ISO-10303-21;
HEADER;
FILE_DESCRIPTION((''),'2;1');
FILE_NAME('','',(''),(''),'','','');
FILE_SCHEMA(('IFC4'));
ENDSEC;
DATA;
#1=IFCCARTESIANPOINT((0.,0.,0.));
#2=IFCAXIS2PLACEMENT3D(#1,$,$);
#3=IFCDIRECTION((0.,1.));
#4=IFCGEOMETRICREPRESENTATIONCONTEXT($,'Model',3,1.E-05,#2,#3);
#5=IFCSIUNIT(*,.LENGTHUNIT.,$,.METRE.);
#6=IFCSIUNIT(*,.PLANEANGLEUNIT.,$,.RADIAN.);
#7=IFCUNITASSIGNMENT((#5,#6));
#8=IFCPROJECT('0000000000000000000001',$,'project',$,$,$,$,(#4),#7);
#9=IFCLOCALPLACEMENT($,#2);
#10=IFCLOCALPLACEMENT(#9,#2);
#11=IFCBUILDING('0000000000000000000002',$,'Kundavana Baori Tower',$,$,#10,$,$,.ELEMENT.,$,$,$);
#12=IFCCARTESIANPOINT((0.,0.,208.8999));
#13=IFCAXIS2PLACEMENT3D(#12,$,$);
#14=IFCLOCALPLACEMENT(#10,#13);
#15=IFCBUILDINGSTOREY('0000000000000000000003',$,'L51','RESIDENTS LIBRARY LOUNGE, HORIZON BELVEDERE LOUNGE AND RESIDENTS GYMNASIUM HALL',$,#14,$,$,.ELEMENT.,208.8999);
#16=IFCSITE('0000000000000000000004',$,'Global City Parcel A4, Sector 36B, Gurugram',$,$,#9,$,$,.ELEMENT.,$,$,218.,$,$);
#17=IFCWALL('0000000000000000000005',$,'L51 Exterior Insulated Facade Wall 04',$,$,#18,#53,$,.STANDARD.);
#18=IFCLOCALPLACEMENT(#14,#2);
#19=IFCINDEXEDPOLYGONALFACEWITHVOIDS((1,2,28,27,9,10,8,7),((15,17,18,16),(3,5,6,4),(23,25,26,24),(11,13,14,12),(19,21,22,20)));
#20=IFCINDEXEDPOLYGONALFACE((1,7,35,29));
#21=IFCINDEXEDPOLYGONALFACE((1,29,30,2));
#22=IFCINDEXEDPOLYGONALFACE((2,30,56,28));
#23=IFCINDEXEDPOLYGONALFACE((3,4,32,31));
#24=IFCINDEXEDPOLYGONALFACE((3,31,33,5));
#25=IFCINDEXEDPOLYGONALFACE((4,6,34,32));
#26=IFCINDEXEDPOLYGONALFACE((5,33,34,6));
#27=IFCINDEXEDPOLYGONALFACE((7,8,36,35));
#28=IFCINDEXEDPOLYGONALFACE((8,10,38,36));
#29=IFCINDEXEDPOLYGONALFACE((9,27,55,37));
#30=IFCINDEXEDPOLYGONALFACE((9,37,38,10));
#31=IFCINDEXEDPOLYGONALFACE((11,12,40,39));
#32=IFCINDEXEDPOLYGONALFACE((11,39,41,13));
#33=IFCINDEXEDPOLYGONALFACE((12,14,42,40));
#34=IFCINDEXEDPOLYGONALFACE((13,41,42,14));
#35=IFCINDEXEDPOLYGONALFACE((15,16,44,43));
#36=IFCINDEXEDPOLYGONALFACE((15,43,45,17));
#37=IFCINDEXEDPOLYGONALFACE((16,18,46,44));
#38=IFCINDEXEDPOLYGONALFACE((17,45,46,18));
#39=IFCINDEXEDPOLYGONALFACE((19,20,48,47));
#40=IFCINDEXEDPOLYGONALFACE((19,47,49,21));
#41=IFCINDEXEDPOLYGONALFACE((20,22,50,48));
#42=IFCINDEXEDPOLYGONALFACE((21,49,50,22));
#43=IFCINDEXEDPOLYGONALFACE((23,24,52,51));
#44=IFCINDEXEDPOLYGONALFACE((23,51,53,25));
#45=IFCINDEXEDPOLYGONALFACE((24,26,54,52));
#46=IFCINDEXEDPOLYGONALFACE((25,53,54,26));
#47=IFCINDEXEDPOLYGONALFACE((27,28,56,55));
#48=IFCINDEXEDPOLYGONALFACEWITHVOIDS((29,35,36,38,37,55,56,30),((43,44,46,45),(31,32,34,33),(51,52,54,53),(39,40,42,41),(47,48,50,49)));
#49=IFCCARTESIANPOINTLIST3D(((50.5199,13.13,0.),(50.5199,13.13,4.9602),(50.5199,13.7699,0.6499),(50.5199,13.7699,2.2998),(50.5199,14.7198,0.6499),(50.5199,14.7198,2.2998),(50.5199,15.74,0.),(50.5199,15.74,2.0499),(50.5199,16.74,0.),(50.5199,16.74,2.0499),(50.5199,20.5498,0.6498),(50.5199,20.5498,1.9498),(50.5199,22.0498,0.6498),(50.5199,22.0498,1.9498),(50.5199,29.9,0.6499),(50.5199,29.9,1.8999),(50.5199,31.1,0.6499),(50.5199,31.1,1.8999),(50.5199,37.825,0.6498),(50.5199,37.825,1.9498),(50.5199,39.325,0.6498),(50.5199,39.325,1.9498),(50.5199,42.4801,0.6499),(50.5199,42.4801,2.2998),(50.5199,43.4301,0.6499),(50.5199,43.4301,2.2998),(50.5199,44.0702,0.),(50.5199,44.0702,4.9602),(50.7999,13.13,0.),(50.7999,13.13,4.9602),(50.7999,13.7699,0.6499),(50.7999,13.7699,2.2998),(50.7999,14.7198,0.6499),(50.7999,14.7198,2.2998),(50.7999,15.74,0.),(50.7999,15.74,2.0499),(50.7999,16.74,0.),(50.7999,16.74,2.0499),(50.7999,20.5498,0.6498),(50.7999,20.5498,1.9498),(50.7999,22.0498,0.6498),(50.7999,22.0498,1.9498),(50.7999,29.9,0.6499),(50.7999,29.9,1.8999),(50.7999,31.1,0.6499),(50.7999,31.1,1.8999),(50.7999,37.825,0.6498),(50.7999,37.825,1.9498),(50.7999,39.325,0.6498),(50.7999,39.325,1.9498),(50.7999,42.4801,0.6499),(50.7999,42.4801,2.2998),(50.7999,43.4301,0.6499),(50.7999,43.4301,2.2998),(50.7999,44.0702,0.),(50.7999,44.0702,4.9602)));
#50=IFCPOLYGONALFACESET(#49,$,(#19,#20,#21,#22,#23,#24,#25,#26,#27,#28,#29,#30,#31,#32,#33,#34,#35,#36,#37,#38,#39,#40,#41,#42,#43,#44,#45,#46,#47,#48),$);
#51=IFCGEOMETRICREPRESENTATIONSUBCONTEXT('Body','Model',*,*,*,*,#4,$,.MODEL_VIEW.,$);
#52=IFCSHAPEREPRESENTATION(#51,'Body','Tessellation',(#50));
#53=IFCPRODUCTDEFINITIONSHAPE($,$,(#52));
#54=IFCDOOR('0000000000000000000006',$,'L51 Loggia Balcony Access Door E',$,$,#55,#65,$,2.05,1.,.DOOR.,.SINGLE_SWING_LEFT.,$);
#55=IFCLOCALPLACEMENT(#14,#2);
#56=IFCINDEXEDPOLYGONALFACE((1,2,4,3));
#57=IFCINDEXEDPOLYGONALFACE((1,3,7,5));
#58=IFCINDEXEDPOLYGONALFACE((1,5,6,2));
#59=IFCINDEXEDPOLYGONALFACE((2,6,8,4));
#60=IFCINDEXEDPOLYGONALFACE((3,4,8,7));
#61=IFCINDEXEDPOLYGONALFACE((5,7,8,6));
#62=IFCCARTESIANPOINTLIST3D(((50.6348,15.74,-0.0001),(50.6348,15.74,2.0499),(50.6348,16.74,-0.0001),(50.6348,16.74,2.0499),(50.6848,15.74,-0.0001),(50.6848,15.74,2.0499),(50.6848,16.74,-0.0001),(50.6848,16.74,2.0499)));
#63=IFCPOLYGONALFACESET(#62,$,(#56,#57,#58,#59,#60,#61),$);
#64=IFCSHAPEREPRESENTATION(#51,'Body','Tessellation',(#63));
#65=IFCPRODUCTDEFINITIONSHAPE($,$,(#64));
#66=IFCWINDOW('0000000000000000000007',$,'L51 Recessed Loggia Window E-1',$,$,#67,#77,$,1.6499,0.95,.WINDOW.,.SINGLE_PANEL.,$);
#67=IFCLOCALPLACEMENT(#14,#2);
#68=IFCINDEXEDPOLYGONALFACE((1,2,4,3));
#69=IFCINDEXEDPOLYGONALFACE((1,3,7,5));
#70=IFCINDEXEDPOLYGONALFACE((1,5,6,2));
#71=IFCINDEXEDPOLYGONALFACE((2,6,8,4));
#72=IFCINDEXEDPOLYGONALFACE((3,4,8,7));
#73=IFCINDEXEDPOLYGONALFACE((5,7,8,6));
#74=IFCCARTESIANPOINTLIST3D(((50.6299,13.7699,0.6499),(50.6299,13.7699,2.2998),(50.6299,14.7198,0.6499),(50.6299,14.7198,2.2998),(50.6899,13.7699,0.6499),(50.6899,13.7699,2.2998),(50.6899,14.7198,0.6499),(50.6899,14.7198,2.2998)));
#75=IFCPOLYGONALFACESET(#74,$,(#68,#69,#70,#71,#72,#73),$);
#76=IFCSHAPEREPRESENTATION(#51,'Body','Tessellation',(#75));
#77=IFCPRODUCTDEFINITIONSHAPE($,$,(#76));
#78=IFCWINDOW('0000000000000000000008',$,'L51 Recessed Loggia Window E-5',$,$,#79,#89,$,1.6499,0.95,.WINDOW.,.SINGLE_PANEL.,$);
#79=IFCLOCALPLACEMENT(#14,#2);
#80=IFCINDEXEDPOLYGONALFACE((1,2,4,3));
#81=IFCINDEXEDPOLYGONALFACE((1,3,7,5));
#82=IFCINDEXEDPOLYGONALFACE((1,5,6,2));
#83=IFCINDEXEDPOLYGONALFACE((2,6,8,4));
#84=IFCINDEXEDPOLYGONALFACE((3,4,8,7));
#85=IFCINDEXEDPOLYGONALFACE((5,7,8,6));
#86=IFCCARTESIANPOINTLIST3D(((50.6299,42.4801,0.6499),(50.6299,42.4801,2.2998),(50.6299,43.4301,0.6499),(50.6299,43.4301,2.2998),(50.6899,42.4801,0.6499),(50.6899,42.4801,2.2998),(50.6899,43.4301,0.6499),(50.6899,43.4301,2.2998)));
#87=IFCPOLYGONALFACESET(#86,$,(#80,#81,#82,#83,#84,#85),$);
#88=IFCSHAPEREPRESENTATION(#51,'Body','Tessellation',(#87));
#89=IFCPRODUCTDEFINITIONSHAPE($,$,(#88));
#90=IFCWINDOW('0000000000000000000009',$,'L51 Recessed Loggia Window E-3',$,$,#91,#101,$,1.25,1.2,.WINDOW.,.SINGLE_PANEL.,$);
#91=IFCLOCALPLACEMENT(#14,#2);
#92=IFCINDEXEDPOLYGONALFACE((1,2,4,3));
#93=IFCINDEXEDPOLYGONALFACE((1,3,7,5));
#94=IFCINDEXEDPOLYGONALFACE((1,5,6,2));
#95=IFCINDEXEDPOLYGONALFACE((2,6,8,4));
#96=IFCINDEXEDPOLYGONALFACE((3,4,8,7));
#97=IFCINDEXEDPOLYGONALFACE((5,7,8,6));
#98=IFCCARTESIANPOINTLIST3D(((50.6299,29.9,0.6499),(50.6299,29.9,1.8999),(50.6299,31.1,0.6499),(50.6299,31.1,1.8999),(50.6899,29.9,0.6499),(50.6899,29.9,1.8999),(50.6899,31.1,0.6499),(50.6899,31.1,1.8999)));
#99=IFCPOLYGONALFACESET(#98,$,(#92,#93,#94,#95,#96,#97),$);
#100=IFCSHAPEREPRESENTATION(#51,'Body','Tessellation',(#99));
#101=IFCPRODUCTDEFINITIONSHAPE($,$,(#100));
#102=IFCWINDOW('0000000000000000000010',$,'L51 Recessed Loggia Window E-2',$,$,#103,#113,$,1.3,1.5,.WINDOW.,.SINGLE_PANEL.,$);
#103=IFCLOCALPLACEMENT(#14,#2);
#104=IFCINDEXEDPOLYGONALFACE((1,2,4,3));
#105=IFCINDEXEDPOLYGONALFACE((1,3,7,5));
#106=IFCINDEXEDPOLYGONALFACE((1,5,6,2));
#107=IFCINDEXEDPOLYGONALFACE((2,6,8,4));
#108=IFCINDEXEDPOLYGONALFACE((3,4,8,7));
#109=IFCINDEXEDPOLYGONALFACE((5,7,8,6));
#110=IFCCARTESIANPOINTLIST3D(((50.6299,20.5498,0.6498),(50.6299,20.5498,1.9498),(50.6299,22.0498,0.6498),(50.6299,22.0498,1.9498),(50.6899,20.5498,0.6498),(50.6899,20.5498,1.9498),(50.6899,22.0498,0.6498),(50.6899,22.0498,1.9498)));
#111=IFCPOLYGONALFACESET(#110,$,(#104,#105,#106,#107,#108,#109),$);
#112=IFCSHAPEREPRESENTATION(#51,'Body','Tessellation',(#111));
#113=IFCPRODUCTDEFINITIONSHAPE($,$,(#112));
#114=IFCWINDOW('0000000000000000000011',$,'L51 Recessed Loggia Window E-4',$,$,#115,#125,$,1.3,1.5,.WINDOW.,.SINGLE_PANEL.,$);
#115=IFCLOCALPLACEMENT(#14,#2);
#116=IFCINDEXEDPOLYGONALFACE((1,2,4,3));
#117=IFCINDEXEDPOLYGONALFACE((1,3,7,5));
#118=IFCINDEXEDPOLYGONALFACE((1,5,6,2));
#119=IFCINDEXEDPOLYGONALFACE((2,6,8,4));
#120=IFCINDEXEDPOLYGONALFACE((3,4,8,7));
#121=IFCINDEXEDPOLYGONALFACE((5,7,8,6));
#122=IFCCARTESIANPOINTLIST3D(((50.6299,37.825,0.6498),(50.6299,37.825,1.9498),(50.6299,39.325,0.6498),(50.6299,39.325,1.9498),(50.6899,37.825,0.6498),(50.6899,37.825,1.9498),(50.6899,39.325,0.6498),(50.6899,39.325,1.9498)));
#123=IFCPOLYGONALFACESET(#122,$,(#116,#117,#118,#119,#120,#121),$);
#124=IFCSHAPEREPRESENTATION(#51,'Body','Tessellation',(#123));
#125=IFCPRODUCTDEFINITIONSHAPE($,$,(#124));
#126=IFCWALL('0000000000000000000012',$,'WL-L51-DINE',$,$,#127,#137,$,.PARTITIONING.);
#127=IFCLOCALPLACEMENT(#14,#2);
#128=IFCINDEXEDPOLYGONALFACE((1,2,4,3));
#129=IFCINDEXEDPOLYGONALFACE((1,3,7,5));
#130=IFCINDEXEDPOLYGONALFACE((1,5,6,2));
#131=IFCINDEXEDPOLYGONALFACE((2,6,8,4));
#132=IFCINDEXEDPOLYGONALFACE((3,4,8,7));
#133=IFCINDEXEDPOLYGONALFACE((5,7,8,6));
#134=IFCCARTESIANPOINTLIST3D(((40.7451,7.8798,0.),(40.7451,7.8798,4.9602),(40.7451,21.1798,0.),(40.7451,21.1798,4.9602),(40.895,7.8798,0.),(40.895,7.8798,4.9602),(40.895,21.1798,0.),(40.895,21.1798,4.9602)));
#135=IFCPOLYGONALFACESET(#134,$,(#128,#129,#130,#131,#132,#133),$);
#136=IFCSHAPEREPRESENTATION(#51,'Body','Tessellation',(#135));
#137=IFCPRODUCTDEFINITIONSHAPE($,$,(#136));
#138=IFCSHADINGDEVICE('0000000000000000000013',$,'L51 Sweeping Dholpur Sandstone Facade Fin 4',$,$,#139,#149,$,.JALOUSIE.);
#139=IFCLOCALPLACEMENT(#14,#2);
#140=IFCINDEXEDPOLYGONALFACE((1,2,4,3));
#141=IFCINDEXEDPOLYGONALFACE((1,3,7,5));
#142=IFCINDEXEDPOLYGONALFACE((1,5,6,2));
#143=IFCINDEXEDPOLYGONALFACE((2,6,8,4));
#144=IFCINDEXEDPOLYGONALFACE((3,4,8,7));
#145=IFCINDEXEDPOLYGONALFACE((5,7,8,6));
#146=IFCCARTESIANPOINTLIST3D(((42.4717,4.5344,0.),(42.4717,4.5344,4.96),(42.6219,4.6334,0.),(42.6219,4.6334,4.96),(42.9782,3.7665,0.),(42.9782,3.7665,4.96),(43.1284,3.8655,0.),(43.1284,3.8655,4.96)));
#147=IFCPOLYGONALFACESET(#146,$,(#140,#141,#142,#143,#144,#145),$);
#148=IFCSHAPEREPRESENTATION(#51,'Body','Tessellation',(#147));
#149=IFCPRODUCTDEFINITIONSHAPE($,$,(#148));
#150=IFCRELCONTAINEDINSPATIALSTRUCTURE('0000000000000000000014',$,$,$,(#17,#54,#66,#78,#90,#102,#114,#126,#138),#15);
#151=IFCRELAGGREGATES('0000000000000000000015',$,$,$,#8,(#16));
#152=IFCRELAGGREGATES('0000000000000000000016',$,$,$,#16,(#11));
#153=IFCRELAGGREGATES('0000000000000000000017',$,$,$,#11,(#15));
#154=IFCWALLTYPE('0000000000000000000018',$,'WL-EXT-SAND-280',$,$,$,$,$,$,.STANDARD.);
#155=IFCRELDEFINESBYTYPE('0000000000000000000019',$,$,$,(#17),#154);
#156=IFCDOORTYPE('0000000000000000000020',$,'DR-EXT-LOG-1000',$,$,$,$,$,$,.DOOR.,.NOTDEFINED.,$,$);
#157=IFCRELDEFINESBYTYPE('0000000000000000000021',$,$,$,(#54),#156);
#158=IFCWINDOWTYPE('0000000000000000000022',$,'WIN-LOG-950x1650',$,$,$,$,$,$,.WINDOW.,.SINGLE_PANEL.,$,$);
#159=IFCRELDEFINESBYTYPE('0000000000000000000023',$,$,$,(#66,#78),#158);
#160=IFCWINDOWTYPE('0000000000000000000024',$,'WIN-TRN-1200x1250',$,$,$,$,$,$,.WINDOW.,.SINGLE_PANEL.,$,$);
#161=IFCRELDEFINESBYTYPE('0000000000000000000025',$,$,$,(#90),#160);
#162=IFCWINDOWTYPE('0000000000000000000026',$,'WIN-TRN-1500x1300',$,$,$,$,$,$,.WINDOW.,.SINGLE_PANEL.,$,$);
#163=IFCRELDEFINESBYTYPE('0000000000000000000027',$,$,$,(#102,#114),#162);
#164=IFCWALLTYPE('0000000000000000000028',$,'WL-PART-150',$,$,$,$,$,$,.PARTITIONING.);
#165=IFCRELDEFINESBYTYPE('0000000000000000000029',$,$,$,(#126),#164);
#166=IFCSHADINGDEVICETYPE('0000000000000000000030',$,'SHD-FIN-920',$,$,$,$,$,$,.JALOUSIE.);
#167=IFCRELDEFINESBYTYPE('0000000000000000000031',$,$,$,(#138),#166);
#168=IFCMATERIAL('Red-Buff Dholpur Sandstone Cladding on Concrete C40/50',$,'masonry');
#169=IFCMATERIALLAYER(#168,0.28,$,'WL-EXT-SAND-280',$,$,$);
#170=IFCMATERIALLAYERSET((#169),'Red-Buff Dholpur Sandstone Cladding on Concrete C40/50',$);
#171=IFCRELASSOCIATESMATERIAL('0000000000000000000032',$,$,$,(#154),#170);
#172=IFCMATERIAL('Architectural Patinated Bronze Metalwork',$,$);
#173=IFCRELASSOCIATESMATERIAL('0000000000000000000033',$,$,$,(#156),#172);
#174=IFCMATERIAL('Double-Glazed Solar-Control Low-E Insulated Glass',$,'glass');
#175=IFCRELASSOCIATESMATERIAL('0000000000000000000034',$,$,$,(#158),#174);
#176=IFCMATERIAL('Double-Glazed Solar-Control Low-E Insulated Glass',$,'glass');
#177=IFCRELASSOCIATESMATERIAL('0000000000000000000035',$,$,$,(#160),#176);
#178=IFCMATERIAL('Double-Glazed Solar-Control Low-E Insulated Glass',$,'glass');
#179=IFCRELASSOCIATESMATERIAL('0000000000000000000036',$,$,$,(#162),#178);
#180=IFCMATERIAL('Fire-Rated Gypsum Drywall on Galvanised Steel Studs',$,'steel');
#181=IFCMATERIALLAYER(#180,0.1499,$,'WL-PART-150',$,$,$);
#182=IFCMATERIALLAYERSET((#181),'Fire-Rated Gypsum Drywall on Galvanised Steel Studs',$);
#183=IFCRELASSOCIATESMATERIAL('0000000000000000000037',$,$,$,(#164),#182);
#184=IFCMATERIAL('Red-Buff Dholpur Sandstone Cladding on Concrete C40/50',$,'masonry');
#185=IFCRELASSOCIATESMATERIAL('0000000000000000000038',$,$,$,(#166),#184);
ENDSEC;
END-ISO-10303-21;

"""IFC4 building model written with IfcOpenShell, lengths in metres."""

from ifc_helpers import new_model, si_unit, direction, frame, frame_2d, origin, origin_2d, place, context, subcontext, project, spatial, rectangle, extrude, material, layer, layer_set, type_object, element, fill, save


model = new_model("IFC4")

# Units and contexts
model_context = context("Model", 3, precision=1e-05, world=origin(), true_north=direction((0.0, 1.0)))
body_context = subcontext(model_context, "Body", "Model", "MODEL_VIEW")
ifc_project = project(units=[si_unit("LENGTHUNIT", "METRE"), si_unit("PLANEANGLEUNIT", "RADIAN")], contexts=[model_context])

# Site, building, storey
site_placement = place(None, origin())
site = spatial("IfcSite", under=ifc_project, at=site_placement, Name="Global City Parcel A4, Sector 36B, Gurugram", CompositionType="ELEMENT", RefElevation=218.0)
building_placement = place(site_placement, origin())
building = spatial("IfcBuilding", under=site, at=building_placement, Name="Kundavana Baori Tower", CompositionType="ELEMENT")
storey_placement = place(building_placement, frame((0.0, 0.0, 208.8999)))
storey = spatial("IfcBuildingStorey", under=building, at=storey_placement, Name="L51", Description="RESIDENTS LIBRARY LOUNGE, HORIZON BELVEDERE LOUNGE AND RESIDENTS GYMNASIUM HALL", CompositionType="ELEMENT", Elevation=208.8999)

# Shared definitions
ifc_material_1 = material(Name="Red-Buff Dholpur Sandstone Cladding on Concrete C40/50", Category="masonry")
ifc_layer_1 = layer(ifc_material_1, 0.28, Name="WL-EXT-SAND-280")
ifc_layer_set_1 = layer_set([ifc_layer_1], Name="Red-Buff Dholpur Sandstone Cladding on Concrete C40/50")
wall_type_1 = type_object("IfcWallType", Name="WL-EXT-SAND-280", PredefinedType="STANDARD", material=ifc_layer_set_1)

# Wall, openings, door, windows
wall_1_placement = place(storey_placement, frame((50.6599, 13.1299, 0.0), z_axis=(0.0, 0.0, 1.0), x_axis=(0.0, 1.0, 0.0)))
wall_1 = element("IfcWall", 1, at=wall_1_placement, inside=storey, type_object=wall_type_1, Name="L51 Exterior Insulated Facade Wall 04", PredefinedType="STANDARD", context=body_context, shape_type="SweptSolid", body=[
    extrude(rectangle(XDim=30.9402, YDim=0.28, at=frame_2d((15.4702, 0.0))), origin(), (0.0, 0.0, 1.0), 4.9602),
])
opening_1_placement = place(wall_1_placement, frame((0.6399, 0.0, 0.6499)))
opening_1 = element("IfcOpeningElement", 2, at=opening_1_placement, cuts=wall_1, PredefinedType="OPENING", context=body_context, shape_type="SweptSolid", body=[
    extrude(rectangle(XDim=0.95, YDim=1.6499, at=frame_2d((0.4751, 0.825))), frame((0.0, 0.1499, 0.0), z_axis=(0.0, -1.0, 0.0), x_axis=(1.0, 0.0, 0.0)), (0.0, 0.0, 1.0), 0.3),
])
opening_2_placement = place(wall_1_placement, frame((2.6101, 0.0, 0.0)))
opening_2 = element("IfcOpeningElement", 3, at=opening_2_placement, cuts=wall_1, PredefinedType="OPENING", context=body_context, shape_type="SweptSolid", body=[
    extrude(rectangle(XDim=1.0, YDim=2.05, at=frame_2d((0.5, 1.0249))), frame((0.0, 0.1499, 0.0), z_axis=(0.0, -1.0, 0.0), x_axis=(1.0, 0.0, 0.0)), (0.0, 0.0, 1.0), 0.3),
])
opening_3_placement = place(wall_1_placement, frame((7.4199, 0.0, 0.6499)))
opening_3 = element("IfcOpeningElement", 4, at=opening_3_placement, cuts=wall_1, PredefinedType="OPENING", context=body_context, shape_type="SweptSolid", body=[
    extrude(rectangle(XDim=1.5, YDim=1.3, at=frame_2d((0.75, 0.6499))), frame((0.0, 0.1499, 0.0), z_axis=(0.0, -1.0, 0.0), x_axis=(1.0, 0.0, 0.0)), (0.0, 0.0, 1.0), 0.3),
])
opening_4_placement = place(wall_1_placement, frame((16.77, 0.0, 0.6499)))
opening_4 = element("IfcOpeningElement", 5, at=opening_4_placement, cuts=wall_1, PredefinedType="OPENING", context=body_context, shape_type="SweptSolid", body=[
    extrude(rectangle(XDim=1.2, YDim=1.25, at=frame_2d((0.6001, 0.625))), frame((0.0, 0.1499, 0.0), z_axis=(0.0, -1.0, 0.0), x_axis=(1.0, 0.0, 0.0)), (0.0, 0.0, 1.0), 0.3),
])
opening_5_placement = place(wall_1_placement, frame((24.6951, 0.0, 0.6499)))
opening_5 = element("IfcOpeningElement", 6, at=opening_5_placement, cuts=wall_1, PredefinedType="OPENING", context=body_context, shape_type="SweptSolid", body=[
    extrude(rectangle(XDim=1.5, YDim=1.3, at=frame_2d((0.75, 0.6499))), frame((0.0, 0.1499, 0.0), z_axis=(0.0, -1.0, 0.0), x_axis=(1.0, 0.0, 0.0)), (0.0, 0.0, 1.0), 0.3),
])
opening_6_placement = place(wall_1_placement, frame((29.3501, 0.0, 0.6499)))
opening_6 = element("IfcOpeningElement", 7, at=opening_6_placement, cuts=wall_1, PredefinedType="OPENING", context=body_context, shape_type="SweptSolid", body=[
    extrude(rectangle(XDim=0.95, YDim=1.6499, at=frame_2d((0.4751, 0.825))), frame((0.0, 0.1499, 0.0), z_axis=(0.0, -1.0, 0.0), x_axis=(1.0, 0.0, 0.0)), (0.0, 0.0, 1.0), 0.3),
])
ifc_material_2 = material(Name="Architectural Patinated Bronze Metalwork")
door_type = type_object("IfcDoorType", Name="DR-EXT-LOG-1000", OperationType="NOTDEFINED", PredefinedType="DOOR", material=ifc_material_2)
door_placement = place(opening_2_placement, frame((1.0, 0.0, 0.0), z_axis=(0.0, 0.0, 1.0), x_axis=(-1.0, 0.0, 0.0)))
door = element("IfcDoor", 8, at=door_placement, inside=storey, type_object=door_type, Name="L51 Loggia Balcony Access Door E", OperationType="SINGLE_SWING_LEFT", OverallHeight=2.05, OverallWidth=1.0, PredefinedType="DOOR", context=body_context, shape_type="SweptSolid", body=[
    extrude(rectangle(XDim=1.0, YDim=2.05, at=frame_2d((0.5, 1.0249))), frame((0.0, 0.0249, 0.0), z_axis=(0.0, -1.0, 0.0), x_axis=(1.0, 0.0, 0.0)), (0.0, 0.0, 1.0), 0.05),
])
fill(opening_2, door)
ifc_material_3 = material(Name="Double-Glazed Solar-Control Low-E Insulated Glass", Category="glass")
window_type_1 = type_object("IfcWindowType", Name="WIN-LOG-950x1650", PartitioningType="SINGLE_PANEL", PredefinedType="WINDOW", material=ifc_material_3)
window_1_placement = place(opening_1_placement, origin())
window_1 = element("IfcWindow", 9, at=window_1_placement, inside=storey, type_object=window_type_1, Name="L51 Recessed Loggia Window E-1", OverallHeight=1.6499, OverallWidth=0.95, PartitioningType="SINGLE_PANEL", PredefinedType="WINDOW", context=body_context, shape_type="SweptSolid", body=[
    extrude(rectangle(XDim=0.95, YDim=1.6499, at=frame_2d((0.4751, 0.825))), frame((0.0, 0.03, 0.0), z_axis=(0.0, -1.0, 0.0), x_axis=(1.0, 0.0, 0.0)), (0.0, 0.0, 1.0), 0.0601),
])
fill(opening_1, window_1)
window_2_placement = place(opening_6_placement, origin())
window_2 = element("IfcWindow", 10, at=window_2_placement, inside=storey, type_object=window_type_1, Name="L51 Recessed Loggia Window E-5", OverallHeight=1.6499, OverallWidth=0.95, PartitioningType="SINGLE_PANEL", PredefinedType="WINDOW", context=body_context, shape_type="SweptSolid", body=[
    extrude(rectangle(XDim=0.95, YDim=1.6499, at=frame_2d((0.4751, 0.825))), frame((0.0, 0.03, 0.0), z_axis=(0.0, -1.0, 0.0), x_axis=(1.0, 0.0, 0.0)), (0.0, 0.0, 1.0), 0.0601),
])
fill(opening_6, window_2)
ifc_material_4 = material(Name="Double-Glazed Solar-Control Low-E Insulated Glass", Category="glass")
window_type_2 = type_object("IfcWindowType", Name="WIN-TRN-1200x1250", PartitioningType="SINGLE_PANEL", PredefinedType="WINDOW", material=ifc_material_4)
window_3_placement = place(opening_4_placement, origin())
window_3 = element("IfcWindow", 11, at=window_3_placement, inside=storey, type_object=window_type_2, Name="L51 Recessed Loggia Window E-3", OverallHeight=1.25, OverallWidth=1.2, PartitioningType="SINGLE_PANEL", PredefinedType="WINDOW", context=body_context, shape_type="SweptSolid", body=[
    extrude(rectangle(XDim=1.2, YDim=1.25, at=frame_2d((0.6001, 0.625))), frame((0.0, 0.03, 0.0), z_axis=(0.0, -1.0, 0.0), x_axis=(1.0, 0.0, 0.0)), (0.0, 0.0, 1.0), 0.0601),
])
fill(opening_4, window_3)
ifc_material_5 = material(Name="Double-Glazed Solar-Control Low-E Insulated Glass", Category="glass")
window_type_3 = type_object("IfcWindowType", Name="WIN-TRN-1500x1300", PartitioningType="SINGLE_PANEL", PredefinedType="WINDOW", material=ifc_material_5)
window_4_placement = place(opening_3_placement, origin())
window_4 = element("IfcWindow", 12, at=window_4_placement, inside=storey, type_object=window_type_3, Name="L51 Recessed Loggia Window E-2", OverallHeight=1.3, OverallWidth=1.5, PartitioningType="SINGLE_PANEL", PredefinedType="WINDOW", context=body_context, shape_type="SweptSolid", body=[
    extrude(rectangle(XDim=1.5, YDim=1.3, at=frame_2d((0.75, 0.6499))), frame((0.0, 0.03, 0.0), z_axis=(0.0, -1.0, 0.0), x_axis=(1.0, 0.0, 0.0)), (0.0, 0.0, 1.0), 0.0601),
])
fill(opening_3, window_4)
window_5_placement = place(opening_5_placement, origin())
window_5 = element("IfcWindow", 13, at=window_5_placement, inside=storey, type_object=window_type_3, Name="L51 Recessed Loggia Window E-4", OverallHeight=1.3, OverallWidth=1.5, PartitioningType="SINGLE_PANEL", PredefinedType="WINDOW", context=body_context, shape_type="SweptSolid", body=[
    extrude(rectangle(XDim=1.5, YDim=1.3, at=frame_2d((0.75, 0.6499))), frame((0.0, 0.03, 0.0), z_axis=(0.0, -1.0, 0.0), x_axis=(1.0, 0.0, 0.0)), (0.0, 0.0, 1.0), 0.0601),
])
fill(opening_5, window_5)

# Wall
ifc_material_6 = material(Name="Fire-Rated Gypsum Drywall on Galvanised Steel Studs", Category="steel")
ifc_layer_2 = layer(ifc_material_6, 0.1499, Name="WL-PART-150")
ifc_layer_set_2 = layer_set([ifc_layer_2], Name="Fire-Rated Gypsum Drywall on Galvanised Steel Studs")
wall_type_2 = type_object("IfcWallType", Name="WL-PART-150", PredefinedType="PARTITIONING", material=ifc_layer_set_2)
wall_2_placement = place(storey_placement, frame((40.8201, 7.8799, 0.0), z_axis=(0.0, 0.0, 1.0), x_axis=(0.0, 1.0, 0.0)))
element("IfcWall", 14, at=wall_2_placement, inside=storey, type_object=wall_type_2, Name="WL-L51-DINE", PredefinedType="PARTITIONING", context=body_context, shape_type="SweptSolid", body=[
    extrude(rectangle(XDim=13.3, YDim=0.1499, at=frame_2d((6.6499, 0.0))), origin(), (0.0, 0.0, 1.0), 4.9602),
])

# Shading device
ifc_material_7 = material(Name="Red-Buff Dholpur Sandstone Cladding on Concrete C40/50", Category="masonry")
shading_device_type_1 = type_object("IfcShadingDeviceType", Name="SHD-FIN-920", PredefinedType="JALOUSIE", material=ifc_material_7)
shading_device_1_placement = place(storey_placement, frame((42.8, 4.2, 0.0), z_axis=(0.0, 0.0, 1.0), x_axis=(0.834752, 0.550626, 0.0)))
element("IfcShadingDevice", 15, at=shading_device_1_placement, inside=storey, type_object=shading_device_type_1, Name="L51 Sweeping Dholpur Sandstone Facade Fin 4", PredefinedType="JALOUSIE", context=body_context, shape_type="SweptSolid", body=[
    extrude(rectangle(XDim=0.1799, YDim=0.9199, at=origin_2d()), origin(), (0.0, 0.0, 1.0), 4.96),
])

save(model, "model.ifc")
